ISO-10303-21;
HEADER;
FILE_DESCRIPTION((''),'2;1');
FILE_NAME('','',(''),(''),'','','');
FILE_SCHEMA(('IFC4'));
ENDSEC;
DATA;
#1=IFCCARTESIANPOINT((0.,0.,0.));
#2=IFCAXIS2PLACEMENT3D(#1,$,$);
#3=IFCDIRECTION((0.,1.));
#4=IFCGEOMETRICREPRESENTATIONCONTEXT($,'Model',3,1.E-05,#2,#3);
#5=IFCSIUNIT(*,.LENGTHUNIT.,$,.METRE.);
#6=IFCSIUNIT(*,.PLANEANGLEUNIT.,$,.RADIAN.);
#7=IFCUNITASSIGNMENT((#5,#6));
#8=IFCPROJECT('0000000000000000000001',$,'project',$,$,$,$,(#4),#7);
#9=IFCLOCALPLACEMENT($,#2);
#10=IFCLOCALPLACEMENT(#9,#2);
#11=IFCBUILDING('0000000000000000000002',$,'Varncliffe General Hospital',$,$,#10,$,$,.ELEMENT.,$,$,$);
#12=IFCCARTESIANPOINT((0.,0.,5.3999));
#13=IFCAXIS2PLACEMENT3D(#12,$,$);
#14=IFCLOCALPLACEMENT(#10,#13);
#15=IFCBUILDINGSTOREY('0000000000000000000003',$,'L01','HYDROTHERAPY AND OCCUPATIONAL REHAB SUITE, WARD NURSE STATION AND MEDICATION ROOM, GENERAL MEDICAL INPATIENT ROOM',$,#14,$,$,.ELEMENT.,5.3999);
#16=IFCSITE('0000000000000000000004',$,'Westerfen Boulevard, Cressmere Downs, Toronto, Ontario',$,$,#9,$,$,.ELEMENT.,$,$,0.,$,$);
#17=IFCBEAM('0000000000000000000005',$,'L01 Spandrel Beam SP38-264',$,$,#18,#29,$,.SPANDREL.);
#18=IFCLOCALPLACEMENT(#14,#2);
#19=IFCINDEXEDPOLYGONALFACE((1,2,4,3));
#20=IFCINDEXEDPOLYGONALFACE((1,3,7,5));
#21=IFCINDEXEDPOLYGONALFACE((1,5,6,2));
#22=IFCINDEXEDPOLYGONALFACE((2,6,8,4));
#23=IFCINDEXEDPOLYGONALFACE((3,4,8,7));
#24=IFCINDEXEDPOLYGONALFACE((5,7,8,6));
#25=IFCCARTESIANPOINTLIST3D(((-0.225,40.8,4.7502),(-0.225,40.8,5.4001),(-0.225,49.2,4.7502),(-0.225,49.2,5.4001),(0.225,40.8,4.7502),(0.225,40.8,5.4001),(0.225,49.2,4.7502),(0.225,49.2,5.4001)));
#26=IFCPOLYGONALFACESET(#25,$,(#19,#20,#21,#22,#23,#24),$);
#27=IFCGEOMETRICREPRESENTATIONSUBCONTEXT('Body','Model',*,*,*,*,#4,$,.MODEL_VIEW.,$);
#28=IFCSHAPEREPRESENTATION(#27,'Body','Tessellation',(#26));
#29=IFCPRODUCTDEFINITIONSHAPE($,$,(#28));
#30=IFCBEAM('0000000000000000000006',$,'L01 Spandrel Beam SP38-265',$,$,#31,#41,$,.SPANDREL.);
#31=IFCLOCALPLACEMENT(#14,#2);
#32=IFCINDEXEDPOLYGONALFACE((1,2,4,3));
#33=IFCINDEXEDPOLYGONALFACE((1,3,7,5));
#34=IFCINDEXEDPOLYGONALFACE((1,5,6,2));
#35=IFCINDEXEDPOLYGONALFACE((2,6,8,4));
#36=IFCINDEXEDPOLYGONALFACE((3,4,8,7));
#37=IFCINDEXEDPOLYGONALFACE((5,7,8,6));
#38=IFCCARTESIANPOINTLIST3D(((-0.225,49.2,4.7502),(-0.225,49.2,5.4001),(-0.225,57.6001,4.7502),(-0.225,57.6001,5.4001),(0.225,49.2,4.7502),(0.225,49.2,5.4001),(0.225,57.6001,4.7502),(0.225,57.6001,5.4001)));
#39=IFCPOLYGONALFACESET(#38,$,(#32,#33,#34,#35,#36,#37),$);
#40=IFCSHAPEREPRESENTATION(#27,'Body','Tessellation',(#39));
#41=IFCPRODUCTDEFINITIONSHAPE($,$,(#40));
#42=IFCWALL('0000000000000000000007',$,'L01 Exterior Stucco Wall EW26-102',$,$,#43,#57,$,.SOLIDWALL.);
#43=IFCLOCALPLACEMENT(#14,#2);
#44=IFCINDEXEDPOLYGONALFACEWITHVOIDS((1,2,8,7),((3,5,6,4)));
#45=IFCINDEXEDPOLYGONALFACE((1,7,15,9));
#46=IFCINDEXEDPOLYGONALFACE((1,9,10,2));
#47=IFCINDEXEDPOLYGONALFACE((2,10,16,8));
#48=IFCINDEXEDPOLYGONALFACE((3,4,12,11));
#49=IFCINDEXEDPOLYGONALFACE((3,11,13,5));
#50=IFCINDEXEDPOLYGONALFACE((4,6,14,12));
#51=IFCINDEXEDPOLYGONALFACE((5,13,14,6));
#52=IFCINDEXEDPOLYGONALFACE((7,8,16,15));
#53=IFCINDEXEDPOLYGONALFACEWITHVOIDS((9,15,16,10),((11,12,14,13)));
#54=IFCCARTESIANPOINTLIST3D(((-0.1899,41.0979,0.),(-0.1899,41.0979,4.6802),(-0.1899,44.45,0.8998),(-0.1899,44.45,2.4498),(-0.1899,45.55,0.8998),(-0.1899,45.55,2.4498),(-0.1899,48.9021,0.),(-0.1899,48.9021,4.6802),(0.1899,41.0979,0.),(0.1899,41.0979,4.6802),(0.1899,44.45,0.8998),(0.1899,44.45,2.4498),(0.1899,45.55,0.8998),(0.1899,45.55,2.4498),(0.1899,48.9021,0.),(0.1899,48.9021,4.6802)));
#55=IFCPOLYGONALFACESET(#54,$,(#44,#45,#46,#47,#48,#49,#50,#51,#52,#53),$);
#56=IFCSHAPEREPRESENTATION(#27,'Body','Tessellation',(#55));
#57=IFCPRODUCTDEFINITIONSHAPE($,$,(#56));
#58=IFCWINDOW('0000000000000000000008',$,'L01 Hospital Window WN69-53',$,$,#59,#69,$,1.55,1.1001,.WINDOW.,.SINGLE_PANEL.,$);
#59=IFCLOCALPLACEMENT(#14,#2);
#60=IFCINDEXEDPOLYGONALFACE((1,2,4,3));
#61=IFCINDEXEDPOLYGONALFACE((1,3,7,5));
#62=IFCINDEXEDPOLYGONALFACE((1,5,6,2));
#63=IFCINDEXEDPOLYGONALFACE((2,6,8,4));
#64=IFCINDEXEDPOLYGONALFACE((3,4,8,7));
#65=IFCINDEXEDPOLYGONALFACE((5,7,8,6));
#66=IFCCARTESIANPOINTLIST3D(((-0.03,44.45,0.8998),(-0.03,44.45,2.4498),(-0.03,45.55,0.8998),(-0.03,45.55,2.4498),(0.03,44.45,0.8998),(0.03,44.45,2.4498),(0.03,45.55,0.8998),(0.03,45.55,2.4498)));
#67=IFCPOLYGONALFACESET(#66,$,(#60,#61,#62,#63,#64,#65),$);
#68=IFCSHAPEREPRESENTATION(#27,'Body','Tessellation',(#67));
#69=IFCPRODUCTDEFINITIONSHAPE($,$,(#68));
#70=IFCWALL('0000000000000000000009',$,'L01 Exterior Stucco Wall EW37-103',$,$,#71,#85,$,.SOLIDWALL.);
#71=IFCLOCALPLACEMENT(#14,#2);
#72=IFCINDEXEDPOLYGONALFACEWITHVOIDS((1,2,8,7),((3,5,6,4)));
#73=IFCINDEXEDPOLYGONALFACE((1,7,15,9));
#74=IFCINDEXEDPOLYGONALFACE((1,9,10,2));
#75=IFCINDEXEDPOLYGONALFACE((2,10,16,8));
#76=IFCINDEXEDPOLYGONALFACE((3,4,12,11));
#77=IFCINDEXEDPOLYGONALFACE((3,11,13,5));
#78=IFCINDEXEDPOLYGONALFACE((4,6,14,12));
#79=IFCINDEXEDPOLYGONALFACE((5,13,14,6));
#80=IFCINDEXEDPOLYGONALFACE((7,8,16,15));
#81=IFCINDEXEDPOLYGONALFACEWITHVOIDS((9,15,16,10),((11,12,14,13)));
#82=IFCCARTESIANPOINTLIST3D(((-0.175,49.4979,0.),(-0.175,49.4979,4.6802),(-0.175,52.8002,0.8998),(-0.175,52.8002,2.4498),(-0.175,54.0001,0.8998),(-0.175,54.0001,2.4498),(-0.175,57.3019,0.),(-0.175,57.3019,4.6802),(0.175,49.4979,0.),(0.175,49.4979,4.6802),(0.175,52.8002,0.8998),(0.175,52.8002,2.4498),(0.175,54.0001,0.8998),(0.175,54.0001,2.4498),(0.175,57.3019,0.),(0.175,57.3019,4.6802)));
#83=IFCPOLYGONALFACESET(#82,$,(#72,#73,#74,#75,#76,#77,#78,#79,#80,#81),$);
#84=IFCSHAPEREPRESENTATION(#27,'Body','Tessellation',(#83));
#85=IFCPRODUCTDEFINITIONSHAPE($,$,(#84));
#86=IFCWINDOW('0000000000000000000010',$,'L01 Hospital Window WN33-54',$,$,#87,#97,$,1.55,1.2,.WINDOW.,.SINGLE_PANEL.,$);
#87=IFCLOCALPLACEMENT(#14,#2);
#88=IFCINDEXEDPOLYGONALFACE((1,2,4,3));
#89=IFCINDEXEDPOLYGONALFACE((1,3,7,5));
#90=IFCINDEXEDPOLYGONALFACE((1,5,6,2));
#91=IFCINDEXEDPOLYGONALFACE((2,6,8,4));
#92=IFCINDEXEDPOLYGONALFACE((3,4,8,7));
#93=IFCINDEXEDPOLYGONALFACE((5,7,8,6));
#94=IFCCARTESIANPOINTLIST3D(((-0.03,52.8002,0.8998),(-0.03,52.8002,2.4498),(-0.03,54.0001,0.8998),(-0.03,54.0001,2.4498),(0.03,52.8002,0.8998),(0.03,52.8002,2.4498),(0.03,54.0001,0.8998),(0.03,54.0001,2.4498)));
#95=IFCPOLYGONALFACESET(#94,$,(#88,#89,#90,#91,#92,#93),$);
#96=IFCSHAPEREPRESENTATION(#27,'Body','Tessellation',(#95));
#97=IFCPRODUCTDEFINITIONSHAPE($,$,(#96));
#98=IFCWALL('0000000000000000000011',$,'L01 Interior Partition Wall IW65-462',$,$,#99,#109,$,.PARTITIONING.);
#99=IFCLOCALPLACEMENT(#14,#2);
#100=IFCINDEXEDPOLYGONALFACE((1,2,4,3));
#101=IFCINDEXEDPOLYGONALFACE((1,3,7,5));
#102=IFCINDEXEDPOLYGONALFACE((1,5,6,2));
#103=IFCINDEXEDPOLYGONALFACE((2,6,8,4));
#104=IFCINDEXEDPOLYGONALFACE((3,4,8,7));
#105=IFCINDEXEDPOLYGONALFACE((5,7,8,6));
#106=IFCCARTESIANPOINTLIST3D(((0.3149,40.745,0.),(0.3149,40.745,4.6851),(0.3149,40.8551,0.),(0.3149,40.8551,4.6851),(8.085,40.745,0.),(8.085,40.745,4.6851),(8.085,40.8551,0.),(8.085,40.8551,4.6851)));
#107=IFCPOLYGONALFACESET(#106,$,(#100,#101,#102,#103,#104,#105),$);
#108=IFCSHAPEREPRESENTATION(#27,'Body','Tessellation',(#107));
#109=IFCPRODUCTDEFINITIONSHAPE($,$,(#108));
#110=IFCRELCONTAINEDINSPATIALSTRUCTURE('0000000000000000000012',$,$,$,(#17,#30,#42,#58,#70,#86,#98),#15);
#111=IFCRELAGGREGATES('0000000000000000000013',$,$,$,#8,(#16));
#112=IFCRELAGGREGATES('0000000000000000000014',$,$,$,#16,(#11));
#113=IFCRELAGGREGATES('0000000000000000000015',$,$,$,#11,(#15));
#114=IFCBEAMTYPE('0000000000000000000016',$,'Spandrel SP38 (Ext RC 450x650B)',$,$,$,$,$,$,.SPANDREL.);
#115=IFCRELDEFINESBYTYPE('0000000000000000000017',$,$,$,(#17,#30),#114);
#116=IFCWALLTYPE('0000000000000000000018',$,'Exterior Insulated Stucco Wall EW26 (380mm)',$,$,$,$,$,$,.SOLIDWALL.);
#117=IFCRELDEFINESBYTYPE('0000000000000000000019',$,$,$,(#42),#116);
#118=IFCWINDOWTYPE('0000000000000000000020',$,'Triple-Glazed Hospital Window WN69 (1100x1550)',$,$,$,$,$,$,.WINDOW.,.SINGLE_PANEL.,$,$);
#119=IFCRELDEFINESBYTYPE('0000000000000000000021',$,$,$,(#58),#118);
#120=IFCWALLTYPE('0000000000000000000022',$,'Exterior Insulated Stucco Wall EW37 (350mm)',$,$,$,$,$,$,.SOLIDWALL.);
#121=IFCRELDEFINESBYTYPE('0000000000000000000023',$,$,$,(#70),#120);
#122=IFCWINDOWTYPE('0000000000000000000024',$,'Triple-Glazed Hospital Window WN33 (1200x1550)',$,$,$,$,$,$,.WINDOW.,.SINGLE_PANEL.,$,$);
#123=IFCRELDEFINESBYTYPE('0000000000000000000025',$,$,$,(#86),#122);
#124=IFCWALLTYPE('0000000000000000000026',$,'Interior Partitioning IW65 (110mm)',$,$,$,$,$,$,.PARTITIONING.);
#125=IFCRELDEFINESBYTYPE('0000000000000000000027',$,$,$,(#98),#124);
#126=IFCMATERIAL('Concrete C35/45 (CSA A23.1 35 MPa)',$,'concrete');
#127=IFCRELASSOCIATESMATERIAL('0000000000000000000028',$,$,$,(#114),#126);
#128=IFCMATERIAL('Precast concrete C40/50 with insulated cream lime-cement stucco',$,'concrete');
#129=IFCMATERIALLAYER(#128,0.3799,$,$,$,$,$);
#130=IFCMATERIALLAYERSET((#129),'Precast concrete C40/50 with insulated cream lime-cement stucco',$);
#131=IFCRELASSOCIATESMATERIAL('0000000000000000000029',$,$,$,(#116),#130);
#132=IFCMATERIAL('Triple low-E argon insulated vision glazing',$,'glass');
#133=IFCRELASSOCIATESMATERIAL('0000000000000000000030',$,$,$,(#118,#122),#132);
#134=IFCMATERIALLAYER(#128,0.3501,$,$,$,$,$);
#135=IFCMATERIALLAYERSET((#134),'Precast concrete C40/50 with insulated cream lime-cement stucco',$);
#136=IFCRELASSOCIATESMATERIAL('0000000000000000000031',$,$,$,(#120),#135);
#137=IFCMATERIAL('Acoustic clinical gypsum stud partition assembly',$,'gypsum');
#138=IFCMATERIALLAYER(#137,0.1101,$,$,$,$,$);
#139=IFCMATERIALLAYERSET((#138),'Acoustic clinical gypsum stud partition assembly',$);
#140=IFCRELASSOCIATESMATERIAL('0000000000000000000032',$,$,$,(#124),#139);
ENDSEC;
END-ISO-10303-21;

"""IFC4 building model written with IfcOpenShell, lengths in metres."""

from ifc_helpers import new_model, si_unit, direction, frame, frame_2d, origin, origin_2d, place, context, subcontext, project, spatial, rectangle, extrude, material, layer, layer_set, material_profile, profile_set, type_object, element, fill, save


model = new_model("IFC4")

# Units and contexts
model_context = context("Model", 3, precision=1e-05, world=origin(), true_north=direction((0.0, 1.0)))
body_context = subcontext(model_context, "Body", "Model", "MODEL_VIEW")
ifc_project = project(units=[si_unit("LENGTHUNIT", "METRE"), si_unit("PLANEANGLEUNIT", "RADIAN")], contexts=[model_context])

# Site, building, storey
site_placement = place(None, origin())
site = spatial("IfcSite", under=ifc_project, at=site_placement, Name="Westerfen Boulevard, Cressmere Downs, Toronto, Ontario", CompositionType="ELEMENT", RefElevation=0.0)
building_placement = place(site_placement, origin())
building = spatial("IfcBuilding", under=site, at=building_placement, Name="Varncliffe General Hospital", CompositionType="ELEMENT")
storey_placement = place(building_placement, frame((0.0, 0.0, 5.3999)))
storey = spatial("IfcBuildingStorey", under=building, at=storey_placement, Name="L01", Description="HYDROTHERAPY AND OCCUPATIONAL REHAB SUITE, WARD NURSE STATION AND MEDICATION ROOM, GENERAL MEDICAL INPATIENT ROOM", CompositionType="ELEMENT", Elevation=5.3999)

# Beams
ifc_material_1 = material(Name="Concrete C35/45 (CSA A23.1 35 MPa)", Category="concrete")
ifc_material_profile_1 = material_profile(ifc_material_1, rectangle(XDim=0.45, YDim=0.6499, at=origin_2d()), Name="RC 450x650")
ifc_profile_set_1 = profile_set([ifc_material_profile_1], Name="Concrete C35/45 (CSA A23.1 35 MPa)")
beam_type_1 = type_object("IfcBeamType", Name="Spandrel SP38 (Ext RC 450x650B)", PredefinedType="SPANDREL", material=ifc_profile_set_1)
beam_1_placement = place(storey_placement, frame((0.0, 40.8, 5.0752), z_axis=(0.0, 1.0, 0.0), x_axis=(-1.0, 0.0, 0.0)))
element("IfcBeam", 1, at=beam_1_placement, inside=storey, type_object=beam_type_1, Name="L01 Spandrel Beam SP38-264", PredefinedType="SPANDREL", context=body_context, shape_type="SweptSolid", body=[
    extrude(rectangle(XDim=0.45, YDim=0.6499, at=origin_2d()), origin(), (0.0, 0.0, 1.0), 8.3999),
])
beam_2_placement = place(storey_placement, frame((0.0, 49.2, 5.0752), z_axis=(0.0, 1.0, 0.0), x_axis=(-1.0, 0.0, 0.0)))
element("IfcBeam", 2, at=beam_2_placement, inside=storey, type_object=beam_type_1, Name="L01 Spandrel Beam SP38-265", PredefinedType="SPANDREL", context=body_context, shape_type="SweptSolid", body=[
    extrude(rectangle(XDim=0.45, YDim=0.6499, at=origin_2d()), origin(), (0.0, 0.0, 1.0), 8.4001),
])

# Walls, openings, windows
ifc_material_2 = material(Name="Precast concrete C40/50 with insulated cream lime-cement stucco", Category="concrete")
ifc_layer_1 = layer(ifc_material_2, 0.3799)
ifc_layer_set_1 = layer_set([ifc_layer_1], Name="Precast concrete C40/50 with insulated cream lime-cement stucco")
wall_type_1 = type_object("IfcWallType", Name="Exterior Insulated Stucco Wall EW26 (380mm)", PredefinedType="SOLIDWALL", material=ifc_layer_set_1)
wall_1_placement = place(storey_placement, frame((0.0, 41.0979, 0.0), z_axis=(0.0, 0.0, 1.0), x_axis=(0.0, 1.0, 0.0)))
wall_1 = element("IfcWall", 3, at=wall_1_placement, inside=storey, type_object=wall_type_1, Name="L01 Exterior Stucco Wall EW26-102", PredefinedType="SOLIDWALL", context=body_context, shape_type="SweptSolid", body=[
    extrude(rectangle(XDim=7.8042, YDim=0.3799, at=frame_2d((3.9021, 0.0))), origin(), (0.0, 0.0, 1.0), 4.6802),
])
opening_1_placement = place(wall_1_placement, frame((3.3521, 0.0, 0.8999)))
opening_1 = element("IfcOpeningElement", 4, at=opening_1_placement, cuts=wall_1, PredefinedType="OPENING", context=body_context, shape_type="SweptSolid", body=[
    extrude(rectangle(XDim=1.1001, YDim=1.55, at=frame_2d((0.55, 0.7749))), frame((0.0, 0.2, 0.0), z_axis=(0.0, -1.0, 0.0), x_axis=(1.0, 0.0, 0.0)), (0.0, 0.0, 1.0), 0.3999),
])
ifc_material_3 = material(Name="Triple low-E argon insulated vision glazing", Category="glass")
window_type_1 = type_object("IfcWindowType", Name="Triple-Glazed Hospital Window WN69 (1100x1550)", PartitioningType="SINGLE_PANEL", PredefinedType="WINDOW", material=ifc_material_3)
window_1_placement = place(opening_1_placement, origin())
window_1 = element("IfcWindow", 5, at=window_1_placement, inside=storey, type_object=window_type_1, Name="L01 Hospital Window WN69-53", OverallHeight=1.55, OverallWidth=1.1001, PartitioningType="SINGLE_PANEL", PredefinedType="WINDOW", context=body_context, shape_type="SweptSolid", body=[
    extrude(rectangle(XDim=1.1001, YDim=1.55, at=frame_2d((0.55, 0.7749))), frame((0.0, 0.03, 0.0), z_axis=(0.0, -1.0, 0.0), x_axis=(1.0, 0.0, 0.0)), (0.0, 0.0, 1.0), 0.0601),
])
fill(opening_1, window_1)
ifc_layer_2 = layer(ifc_material_2, 0.3501)
ifc_layer_set_2 = layer_set([ifc_layer_2], Name="Precast concrete C40/50 with insulated cream lime-cement stucco")
wall_type_2 = type_object("IfcWallType", Name="Exterior Insulated Stucco Wall EW37 (350mm)", PredefinedType="SOLIDWALL", material=ifc_layer_set_2)
wall_2_placement = place(storey_placement, frame((0.0, 49.498, 0.0), z_axis=(0.0, 0.0, 1.0), x_axis=(0.0, 1.0, 0.0)))
wall_2 = element("IfcWall", 6, at=wall_2_placement, inside=storey, type_object=wall_type_2, Name="L01 Exterior Stucco Wall EW37-103", PredefinedType="SOLIDWALL", context=body_context, shape_type="SweptSolid", body=[
    extrude(rectangle(XDim=7.804, YDim=0.3501, at=frame_2d((3.9019, 0.0))), origin(), (0.0, 0.0, 1.0), 4.6802),
])
opening_2_placement = place(wall_2_placement, frame((3.302, 0.0, 0.8999)))
opening_2 = element("IfcOpeningElement", 7, at=opening_2_placement, cuts=wall_2, PredefinedType="OPENING", context=body_context, shape_type="SweptSolid", body=[
    extrude(rectangle(XDim=1.2, YDim=1.55, at=frame_2d((0.6001, 0.7749))), frame((0.0, 0.1851, 0.0), z_axis=(0.0, -1.0, 0.0), x_axis=(1.0, 0.0, 0.0)), (0.0, 0.0, 1.0), 0.3701),
])
window_type_2 = type_object("IfcWindowType", Name="Triple-Glazed Hospital Window WN33 (1200x1550)", PartitioningType="SINGLE_PANEL", PredefinedType="WINDOW", material=ifc_material_3)
window_2_placement = place(opening_2_placement, origin())
window_2 = element("IfcWindow", 8, at=window_2_placement, inside=storey, type_object=window_type_2, Name="L01 Hospital Window WN33-54", OverallHeight=1.55, OverallWidth=1.2, PartitioningType="SINGLE_PANEL", PredefinedType="WINDOW", context=body_context, shape_type="SweptSolid", body=[
    extrude(rectangle(XDim=1.2, YDim=1.55, at=frame_2d((0.6001, 0.7749))), frame((0.0, 0.03, 0.0), z_axis=(0.0, -1.0, 0.0), x_axis=(1.0, 0.0, 0.0)), (0.0, 0.0, 1.0), 0.0601),
])
fill(opening_2, window_2)

# Wall
ifc_material_4 = material(Name="Acoustic clinical gypsum stud partition assembly", Category="gypsum")
ifc_layer_3 = layer(ifc_material_4, 0.1101)
ifc_layer_set_3 = layer_set([ifc_layer_3], Name="Acoustic clinical gypsum stud partition assembly")
wall_type_3 = type_object("IfcWallType", Name="Interior Partitioning IW65 (110mm)", PredefinedType="PARTITIONING", material=ifc_layer_set_3)
wall_3_placement = place(storey_placement, frame((0.3149, 40.8, 0.0), z_axis=(0.0, 0.0, 1.0), x_axis=(1.0, 0.0, 0.0)))
element("IfcWall", 9, at=wall_3_placement, inside=storey, type_object=wall_type_3, Name="L01 Interior Partition Wall IW65-462", PredefinedType="PARTITIONING", context=body_context, shape_type="SweptSolid", body=[
    extrude(rectangle(XDim=7.77, YDim=0.1101, at=frame_2d((3.885, 0.0))), origin(), (0.0, 0.0, 1.0), 4.6851),
])

save(model, "model.ifc")
